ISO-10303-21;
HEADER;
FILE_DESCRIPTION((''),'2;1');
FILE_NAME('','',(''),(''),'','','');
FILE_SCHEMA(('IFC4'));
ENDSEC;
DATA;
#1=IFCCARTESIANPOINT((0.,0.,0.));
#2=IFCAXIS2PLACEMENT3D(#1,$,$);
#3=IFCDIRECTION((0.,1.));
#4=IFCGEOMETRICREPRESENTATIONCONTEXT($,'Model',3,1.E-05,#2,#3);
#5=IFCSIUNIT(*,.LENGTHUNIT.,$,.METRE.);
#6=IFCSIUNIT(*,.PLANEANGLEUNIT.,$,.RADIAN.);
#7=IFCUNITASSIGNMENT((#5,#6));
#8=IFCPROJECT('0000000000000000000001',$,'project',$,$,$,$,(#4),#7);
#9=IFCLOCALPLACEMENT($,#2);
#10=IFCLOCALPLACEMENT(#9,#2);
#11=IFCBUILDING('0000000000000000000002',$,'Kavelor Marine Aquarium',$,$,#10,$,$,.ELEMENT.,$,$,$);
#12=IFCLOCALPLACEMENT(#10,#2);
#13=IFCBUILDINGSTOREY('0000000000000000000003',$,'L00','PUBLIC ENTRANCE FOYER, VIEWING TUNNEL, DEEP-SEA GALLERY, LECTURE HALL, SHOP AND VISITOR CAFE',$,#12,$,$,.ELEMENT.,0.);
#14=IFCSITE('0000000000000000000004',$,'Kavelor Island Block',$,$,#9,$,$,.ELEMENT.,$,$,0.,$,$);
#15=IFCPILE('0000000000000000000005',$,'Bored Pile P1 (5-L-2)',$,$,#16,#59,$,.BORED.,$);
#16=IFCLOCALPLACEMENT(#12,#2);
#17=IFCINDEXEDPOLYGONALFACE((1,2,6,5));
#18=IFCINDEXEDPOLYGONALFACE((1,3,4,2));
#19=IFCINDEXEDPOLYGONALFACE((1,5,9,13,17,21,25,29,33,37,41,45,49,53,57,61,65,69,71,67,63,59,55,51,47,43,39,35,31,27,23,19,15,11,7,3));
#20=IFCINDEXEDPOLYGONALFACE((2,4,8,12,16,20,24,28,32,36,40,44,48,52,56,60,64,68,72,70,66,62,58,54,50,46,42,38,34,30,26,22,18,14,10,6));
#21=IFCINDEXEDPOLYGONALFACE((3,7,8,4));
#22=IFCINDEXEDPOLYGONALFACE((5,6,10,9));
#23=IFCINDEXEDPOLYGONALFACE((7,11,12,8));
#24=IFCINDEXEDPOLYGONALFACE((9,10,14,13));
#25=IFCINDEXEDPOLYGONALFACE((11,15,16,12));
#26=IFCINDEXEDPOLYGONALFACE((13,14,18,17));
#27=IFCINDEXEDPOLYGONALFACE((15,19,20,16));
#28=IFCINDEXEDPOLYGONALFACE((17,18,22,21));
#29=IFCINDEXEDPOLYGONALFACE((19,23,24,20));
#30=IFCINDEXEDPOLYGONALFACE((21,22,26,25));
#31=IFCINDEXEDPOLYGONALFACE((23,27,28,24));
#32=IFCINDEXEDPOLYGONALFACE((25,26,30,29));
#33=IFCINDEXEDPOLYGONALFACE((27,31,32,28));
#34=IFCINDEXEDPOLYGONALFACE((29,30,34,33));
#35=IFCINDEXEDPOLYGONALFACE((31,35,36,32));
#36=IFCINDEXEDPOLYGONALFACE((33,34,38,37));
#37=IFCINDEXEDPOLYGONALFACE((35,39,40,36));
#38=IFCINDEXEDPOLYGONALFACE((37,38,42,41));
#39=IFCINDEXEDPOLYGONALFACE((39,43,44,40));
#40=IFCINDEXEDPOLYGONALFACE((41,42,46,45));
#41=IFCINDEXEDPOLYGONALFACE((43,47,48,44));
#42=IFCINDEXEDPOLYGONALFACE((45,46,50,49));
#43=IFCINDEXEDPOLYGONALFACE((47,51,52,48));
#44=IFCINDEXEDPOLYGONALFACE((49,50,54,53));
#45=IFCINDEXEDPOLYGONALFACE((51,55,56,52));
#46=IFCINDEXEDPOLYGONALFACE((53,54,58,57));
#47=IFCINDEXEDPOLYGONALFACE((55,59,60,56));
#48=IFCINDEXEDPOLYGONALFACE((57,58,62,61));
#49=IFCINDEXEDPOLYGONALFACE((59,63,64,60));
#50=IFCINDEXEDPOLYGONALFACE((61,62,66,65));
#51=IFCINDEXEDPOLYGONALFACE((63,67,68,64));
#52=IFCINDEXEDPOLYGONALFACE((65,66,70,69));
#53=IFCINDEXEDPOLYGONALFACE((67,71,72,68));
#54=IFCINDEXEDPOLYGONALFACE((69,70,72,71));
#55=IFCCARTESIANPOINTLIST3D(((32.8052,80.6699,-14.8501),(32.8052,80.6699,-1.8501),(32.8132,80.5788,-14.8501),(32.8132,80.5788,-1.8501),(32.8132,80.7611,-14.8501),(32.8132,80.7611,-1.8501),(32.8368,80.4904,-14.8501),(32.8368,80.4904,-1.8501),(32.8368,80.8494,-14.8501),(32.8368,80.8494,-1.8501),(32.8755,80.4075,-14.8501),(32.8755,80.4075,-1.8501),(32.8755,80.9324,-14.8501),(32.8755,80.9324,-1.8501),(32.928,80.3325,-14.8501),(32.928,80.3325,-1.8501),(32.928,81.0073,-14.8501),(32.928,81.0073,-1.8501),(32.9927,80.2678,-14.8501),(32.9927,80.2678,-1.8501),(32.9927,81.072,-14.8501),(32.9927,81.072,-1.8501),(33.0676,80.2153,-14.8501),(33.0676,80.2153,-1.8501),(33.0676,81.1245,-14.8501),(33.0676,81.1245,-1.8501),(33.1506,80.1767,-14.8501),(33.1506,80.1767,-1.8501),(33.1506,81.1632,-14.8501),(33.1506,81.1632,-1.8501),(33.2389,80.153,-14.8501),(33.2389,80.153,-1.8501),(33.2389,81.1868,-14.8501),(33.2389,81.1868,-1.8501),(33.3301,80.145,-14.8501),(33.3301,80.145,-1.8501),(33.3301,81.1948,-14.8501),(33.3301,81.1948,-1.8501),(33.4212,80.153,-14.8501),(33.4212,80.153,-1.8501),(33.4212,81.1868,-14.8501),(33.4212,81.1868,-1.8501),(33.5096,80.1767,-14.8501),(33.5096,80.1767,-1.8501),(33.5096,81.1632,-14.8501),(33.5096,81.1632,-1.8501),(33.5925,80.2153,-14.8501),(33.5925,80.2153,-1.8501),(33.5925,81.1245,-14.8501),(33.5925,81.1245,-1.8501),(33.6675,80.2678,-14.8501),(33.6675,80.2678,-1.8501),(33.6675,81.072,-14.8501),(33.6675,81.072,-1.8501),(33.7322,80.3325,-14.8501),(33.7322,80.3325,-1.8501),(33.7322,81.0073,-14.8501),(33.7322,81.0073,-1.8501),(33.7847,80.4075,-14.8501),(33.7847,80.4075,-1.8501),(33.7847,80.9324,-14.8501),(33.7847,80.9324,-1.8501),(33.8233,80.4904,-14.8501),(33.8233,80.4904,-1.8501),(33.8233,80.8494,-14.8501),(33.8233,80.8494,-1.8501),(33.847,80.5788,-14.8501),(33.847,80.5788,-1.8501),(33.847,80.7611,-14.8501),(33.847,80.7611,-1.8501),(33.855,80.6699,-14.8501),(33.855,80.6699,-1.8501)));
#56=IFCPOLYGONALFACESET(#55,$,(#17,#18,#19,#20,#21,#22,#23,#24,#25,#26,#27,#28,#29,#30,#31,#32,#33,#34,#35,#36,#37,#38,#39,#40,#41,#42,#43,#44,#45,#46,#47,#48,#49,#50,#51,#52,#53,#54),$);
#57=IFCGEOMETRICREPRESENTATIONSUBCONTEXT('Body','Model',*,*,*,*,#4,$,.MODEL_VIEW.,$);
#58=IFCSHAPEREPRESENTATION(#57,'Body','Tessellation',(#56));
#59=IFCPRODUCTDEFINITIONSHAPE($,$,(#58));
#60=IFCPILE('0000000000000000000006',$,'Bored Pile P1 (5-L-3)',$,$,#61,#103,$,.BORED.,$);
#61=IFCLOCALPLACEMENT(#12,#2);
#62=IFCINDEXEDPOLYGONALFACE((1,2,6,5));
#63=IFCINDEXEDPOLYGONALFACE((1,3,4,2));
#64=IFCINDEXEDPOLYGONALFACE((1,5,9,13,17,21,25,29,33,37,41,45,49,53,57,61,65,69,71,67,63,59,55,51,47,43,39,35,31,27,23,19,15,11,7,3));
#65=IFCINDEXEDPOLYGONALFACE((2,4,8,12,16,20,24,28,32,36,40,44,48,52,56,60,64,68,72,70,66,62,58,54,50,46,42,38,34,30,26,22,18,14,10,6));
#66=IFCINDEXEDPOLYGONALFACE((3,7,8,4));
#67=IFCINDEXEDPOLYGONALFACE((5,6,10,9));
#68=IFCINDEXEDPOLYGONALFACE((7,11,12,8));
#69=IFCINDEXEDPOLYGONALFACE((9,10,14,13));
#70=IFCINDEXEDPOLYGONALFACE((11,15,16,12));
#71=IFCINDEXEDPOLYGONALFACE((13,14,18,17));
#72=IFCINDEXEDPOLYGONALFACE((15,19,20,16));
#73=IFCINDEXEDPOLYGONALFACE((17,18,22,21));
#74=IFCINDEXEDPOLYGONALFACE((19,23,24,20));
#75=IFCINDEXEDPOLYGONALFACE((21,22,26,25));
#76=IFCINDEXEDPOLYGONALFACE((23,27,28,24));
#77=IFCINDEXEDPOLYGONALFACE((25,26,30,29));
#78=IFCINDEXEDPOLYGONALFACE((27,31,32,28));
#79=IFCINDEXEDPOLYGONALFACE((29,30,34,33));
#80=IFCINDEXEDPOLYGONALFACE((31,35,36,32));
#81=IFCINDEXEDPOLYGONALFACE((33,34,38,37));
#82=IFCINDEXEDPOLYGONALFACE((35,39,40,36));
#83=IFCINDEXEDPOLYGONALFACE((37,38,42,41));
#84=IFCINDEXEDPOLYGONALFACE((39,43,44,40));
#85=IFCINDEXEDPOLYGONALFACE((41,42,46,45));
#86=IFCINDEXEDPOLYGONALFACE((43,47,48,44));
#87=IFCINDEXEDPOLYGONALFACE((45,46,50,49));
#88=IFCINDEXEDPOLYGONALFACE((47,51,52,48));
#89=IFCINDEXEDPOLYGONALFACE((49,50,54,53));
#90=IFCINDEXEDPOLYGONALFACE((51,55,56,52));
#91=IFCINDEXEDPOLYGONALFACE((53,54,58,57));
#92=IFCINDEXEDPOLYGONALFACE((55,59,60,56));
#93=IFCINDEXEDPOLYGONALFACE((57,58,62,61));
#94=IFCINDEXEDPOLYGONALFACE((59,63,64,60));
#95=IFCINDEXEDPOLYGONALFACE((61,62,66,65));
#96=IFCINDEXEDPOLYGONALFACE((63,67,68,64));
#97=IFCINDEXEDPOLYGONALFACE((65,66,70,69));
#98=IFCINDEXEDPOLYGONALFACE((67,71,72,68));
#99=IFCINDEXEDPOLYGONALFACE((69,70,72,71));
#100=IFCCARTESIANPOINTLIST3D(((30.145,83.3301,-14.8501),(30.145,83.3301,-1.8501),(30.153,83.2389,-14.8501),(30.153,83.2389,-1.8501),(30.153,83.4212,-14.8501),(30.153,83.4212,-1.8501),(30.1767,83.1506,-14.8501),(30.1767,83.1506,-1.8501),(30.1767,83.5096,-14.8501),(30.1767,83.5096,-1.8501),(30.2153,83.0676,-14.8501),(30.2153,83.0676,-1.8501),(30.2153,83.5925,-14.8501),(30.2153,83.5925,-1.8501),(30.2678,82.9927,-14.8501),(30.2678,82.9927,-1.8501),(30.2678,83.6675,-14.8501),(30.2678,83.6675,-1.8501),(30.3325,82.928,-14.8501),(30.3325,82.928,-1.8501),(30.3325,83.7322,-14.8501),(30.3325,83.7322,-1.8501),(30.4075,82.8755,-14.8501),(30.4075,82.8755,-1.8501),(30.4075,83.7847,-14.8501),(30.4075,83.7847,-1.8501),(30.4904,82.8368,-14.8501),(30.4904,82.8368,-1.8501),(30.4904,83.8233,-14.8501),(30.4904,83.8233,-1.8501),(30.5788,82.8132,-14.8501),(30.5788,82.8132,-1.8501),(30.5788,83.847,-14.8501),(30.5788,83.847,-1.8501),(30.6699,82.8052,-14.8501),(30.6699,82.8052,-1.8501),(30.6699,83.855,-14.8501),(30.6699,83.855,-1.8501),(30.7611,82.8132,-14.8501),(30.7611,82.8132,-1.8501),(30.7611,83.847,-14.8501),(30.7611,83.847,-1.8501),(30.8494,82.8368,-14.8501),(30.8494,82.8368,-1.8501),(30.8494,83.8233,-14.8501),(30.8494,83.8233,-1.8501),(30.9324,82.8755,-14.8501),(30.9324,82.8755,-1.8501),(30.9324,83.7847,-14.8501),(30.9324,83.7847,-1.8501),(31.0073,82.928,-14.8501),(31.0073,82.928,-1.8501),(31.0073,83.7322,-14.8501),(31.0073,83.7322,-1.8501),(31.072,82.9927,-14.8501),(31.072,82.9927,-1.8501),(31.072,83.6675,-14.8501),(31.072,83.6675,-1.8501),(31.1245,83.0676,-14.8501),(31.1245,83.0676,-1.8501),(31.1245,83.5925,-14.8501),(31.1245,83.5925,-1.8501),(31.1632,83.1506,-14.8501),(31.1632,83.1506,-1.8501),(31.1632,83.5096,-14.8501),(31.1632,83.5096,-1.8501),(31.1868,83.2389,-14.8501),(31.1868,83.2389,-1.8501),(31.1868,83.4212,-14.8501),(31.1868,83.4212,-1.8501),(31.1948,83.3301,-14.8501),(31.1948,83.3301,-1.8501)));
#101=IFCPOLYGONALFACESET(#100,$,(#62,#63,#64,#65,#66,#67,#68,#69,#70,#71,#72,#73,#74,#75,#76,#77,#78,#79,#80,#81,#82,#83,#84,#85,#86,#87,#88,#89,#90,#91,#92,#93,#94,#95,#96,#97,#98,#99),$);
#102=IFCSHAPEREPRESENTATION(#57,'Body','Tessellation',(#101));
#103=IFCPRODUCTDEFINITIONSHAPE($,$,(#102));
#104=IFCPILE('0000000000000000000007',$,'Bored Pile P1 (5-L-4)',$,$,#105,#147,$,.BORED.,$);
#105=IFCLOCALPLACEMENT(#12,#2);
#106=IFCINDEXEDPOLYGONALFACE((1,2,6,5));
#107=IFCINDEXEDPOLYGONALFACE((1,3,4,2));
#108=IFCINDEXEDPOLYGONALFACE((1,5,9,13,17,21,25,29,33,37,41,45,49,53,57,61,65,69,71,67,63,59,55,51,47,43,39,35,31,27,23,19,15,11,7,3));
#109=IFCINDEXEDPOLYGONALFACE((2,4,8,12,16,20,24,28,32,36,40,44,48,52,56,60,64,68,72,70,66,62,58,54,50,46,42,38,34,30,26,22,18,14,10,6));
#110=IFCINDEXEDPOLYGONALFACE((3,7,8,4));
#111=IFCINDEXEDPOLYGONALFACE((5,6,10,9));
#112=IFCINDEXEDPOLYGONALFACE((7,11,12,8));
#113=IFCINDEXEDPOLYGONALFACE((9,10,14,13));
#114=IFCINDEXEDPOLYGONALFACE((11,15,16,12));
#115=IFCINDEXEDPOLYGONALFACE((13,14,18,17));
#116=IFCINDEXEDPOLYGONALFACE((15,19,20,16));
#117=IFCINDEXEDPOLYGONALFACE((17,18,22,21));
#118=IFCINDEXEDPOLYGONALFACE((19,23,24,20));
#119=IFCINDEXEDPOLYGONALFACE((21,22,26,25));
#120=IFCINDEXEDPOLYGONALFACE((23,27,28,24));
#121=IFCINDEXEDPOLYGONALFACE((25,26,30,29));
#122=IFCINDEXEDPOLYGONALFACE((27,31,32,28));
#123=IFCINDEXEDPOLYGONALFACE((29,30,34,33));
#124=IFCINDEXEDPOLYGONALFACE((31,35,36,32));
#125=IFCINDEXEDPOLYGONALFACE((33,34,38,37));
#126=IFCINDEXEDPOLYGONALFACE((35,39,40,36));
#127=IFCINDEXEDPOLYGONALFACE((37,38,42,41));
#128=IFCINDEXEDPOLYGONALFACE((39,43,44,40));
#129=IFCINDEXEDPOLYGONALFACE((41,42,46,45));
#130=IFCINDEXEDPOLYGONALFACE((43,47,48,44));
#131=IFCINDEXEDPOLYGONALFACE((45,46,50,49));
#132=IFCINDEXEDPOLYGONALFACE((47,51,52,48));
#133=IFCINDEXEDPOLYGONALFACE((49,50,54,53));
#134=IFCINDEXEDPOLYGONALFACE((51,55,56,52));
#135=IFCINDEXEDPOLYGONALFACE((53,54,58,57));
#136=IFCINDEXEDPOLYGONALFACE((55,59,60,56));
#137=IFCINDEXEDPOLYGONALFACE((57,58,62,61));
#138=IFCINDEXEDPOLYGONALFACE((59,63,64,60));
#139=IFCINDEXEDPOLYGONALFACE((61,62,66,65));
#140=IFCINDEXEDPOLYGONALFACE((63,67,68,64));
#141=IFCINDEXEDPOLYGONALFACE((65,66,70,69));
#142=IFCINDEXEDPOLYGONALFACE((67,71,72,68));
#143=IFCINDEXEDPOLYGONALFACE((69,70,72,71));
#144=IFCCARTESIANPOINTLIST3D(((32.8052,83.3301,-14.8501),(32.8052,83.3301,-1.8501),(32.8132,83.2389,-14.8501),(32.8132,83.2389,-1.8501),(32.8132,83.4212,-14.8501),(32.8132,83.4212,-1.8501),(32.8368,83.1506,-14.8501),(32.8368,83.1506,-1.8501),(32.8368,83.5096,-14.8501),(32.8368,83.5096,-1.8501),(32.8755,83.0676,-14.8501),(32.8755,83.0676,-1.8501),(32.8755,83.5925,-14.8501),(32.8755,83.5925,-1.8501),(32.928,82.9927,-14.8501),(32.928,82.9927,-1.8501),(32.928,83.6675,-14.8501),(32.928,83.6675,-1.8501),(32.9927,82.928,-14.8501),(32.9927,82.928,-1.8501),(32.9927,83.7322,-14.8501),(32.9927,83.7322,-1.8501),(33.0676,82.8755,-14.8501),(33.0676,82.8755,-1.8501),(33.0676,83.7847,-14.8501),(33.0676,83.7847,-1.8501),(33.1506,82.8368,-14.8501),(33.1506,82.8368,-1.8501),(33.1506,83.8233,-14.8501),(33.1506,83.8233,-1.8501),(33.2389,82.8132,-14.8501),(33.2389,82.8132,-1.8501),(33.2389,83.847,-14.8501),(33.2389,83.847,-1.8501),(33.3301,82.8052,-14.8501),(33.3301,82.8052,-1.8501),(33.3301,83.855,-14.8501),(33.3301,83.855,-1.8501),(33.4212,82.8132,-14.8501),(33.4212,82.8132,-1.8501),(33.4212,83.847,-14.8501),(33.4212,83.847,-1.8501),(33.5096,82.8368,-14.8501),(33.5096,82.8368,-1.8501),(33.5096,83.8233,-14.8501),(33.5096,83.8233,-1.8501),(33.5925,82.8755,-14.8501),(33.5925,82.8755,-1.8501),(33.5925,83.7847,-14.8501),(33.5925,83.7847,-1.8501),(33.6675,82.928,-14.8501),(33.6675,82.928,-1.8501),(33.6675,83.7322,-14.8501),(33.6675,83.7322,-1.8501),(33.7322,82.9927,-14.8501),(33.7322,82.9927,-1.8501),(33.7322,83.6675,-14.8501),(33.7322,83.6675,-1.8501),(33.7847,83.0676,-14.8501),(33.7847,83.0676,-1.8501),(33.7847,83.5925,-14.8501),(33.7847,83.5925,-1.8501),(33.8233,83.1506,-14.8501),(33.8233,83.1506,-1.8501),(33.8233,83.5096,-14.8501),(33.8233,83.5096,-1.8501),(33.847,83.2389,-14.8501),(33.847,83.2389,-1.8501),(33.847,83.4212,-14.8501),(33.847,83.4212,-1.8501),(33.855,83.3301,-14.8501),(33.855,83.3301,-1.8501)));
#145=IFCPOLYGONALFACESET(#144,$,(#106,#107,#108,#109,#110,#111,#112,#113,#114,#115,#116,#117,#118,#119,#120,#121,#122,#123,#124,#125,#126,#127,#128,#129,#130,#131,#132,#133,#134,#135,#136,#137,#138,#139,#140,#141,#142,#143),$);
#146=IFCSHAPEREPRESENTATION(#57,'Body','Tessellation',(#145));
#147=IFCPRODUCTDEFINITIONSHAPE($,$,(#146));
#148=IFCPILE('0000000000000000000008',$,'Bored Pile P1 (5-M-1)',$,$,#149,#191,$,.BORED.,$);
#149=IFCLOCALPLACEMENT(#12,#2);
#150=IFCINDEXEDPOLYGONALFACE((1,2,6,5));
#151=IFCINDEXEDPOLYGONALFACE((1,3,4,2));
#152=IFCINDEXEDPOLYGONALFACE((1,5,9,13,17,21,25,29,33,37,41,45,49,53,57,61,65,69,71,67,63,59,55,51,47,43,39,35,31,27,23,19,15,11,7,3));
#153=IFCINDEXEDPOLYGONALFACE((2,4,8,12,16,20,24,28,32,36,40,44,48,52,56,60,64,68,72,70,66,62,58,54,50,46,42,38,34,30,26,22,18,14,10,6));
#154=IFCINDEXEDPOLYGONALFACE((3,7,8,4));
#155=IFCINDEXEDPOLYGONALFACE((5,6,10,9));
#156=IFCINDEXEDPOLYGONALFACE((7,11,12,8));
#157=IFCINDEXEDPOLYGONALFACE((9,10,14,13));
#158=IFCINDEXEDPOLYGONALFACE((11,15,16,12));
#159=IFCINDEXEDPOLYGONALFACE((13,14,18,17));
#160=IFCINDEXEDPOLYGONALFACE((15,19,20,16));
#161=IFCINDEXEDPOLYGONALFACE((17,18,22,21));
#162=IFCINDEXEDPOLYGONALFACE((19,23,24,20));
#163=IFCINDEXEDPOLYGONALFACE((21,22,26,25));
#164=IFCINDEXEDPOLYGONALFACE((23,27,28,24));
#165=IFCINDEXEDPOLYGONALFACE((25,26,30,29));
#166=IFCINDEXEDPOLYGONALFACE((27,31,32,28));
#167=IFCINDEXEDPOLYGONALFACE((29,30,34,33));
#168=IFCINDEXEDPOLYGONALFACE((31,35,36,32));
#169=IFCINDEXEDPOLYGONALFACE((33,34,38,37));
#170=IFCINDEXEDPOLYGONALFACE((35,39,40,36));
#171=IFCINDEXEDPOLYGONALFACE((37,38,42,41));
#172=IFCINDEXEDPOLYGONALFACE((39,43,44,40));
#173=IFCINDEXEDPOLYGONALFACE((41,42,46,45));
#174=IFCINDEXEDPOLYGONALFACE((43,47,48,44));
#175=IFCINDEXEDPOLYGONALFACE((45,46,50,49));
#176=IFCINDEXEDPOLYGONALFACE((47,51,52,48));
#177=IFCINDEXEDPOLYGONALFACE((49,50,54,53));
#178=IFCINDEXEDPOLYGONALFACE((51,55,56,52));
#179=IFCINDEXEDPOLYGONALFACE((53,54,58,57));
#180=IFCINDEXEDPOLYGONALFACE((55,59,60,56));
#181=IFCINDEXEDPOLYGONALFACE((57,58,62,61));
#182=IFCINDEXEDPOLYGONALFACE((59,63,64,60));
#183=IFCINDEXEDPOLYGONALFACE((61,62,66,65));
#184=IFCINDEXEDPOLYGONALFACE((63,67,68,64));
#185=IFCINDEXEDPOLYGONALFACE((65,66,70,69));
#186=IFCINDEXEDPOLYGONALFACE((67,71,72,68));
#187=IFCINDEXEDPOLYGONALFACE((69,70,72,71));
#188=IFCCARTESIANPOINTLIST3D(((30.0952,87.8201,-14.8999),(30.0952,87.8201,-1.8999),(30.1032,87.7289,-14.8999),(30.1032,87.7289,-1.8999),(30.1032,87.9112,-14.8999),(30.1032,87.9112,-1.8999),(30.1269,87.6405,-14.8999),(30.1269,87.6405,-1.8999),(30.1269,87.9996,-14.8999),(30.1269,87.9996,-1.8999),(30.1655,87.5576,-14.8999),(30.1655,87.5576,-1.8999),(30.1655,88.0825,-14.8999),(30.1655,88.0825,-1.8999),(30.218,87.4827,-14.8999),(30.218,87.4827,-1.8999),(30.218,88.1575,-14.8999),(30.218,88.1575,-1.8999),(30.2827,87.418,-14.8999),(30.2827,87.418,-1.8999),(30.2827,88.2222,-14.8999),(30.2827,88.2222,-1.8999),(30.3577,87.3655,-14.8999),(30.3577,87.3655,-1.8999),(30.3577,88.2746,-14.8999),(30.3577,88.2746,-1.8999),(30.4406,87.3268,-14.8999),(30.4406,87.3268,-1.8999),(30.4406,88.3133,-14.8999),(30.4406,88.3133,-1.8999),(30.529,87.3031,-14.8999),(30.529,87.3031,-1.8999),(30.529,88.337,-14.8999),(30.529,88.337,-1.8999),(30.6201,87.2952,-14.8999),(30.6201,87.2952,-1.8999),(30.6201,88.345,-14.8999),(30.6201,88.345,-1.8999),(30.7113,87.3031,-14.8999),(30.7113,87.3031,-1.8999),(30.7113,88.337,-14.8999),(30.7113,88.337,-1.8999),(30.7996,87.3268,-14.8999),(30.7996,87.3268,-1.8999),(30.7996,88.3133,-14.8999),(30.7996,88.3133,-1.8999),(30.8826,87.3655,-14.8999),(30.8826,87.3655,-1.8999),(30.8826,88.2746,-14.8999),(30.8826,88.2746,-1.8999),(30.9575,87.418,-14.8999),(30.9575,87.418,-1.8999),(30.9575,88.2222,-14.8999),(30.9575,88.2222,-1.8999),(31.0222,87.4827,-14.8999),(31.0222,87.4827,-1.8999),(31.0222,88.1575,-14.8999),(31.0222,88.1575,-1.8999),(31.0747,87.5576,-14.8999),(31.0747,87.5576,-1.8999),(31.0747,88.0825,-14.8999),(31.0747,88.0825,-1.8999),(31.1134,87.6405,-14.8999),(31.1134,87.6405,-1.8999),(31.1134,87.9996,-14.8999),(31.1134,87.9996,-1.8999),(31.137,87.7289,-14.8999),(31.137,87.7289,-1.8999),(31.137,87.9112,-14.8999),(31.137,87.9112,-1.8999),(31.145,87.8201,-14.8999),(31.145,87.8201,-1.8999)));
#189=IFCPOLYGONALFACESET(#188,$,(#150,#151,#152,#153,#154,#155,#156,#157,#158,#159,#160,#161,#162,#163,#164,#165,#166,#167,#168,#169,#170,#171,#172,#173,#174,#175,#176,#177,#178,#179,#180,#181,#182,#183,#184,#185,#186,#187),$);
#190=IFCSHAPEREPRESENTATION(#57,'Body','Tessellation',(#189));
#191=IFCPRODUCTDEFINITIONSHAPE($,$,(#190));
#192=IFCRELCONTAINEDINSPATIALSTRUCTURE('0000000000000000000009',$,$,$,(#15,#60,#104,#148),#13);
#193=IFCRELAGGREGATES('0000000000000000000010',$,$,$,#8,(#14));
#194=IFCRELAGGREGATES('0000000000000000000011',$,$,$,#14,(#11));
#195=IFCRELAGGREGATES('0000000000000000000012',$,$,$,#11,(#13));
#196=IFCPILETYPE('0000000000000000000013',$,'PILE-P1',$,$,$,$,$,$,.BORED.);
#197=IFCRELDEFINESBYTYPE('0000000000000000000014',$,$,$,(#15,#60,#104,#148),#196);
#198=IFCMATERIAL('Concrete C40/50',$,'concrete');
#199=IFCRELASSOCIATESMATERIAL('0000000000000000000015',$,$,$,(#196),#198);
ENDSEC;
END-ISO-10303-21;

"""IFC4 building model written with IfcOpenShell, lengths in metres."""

from ifc_helpers import new_model, si_unit, direction, frame, origin, origin_2d, place, context, subcontext, project, spatial, circle, extrude, material, material_profile, profile_set, type_object, element, save


model = new_model("IFC4")

# Units and contexts
model_context = context("Model", 3, precision=1e-05, world=origin(), true_north=direction((0.0, 1.0)))
body_context = subcontext(model_context, "Body", "Model", "MODEL_VIEW")
ifc_project = project(units=[si_unit("LENGTHUNIT", "METRE"), si_unit("PLANEANGLEUNIT", "RADIAN")], contexts=[model_context])

# Site, building, storey
site_placement = place(None, origin())
site = spatial("IfcSite", under=ifc_project, at=site_placement, Name="Kavelor Island Block", CompositionType="ELEMENT", RefElevation=0.0)
building_placement = place(site_placement, origin())
building = spatial("IfcBuilding", under=site, at=building_placement, Name="Kavelor Marine Aquarium", CompositionType="ELEMENT")
storey_placement = place(building_placement, origin())
storey = spatial("IfcBuildingStorey", under=building, at=storey_placement, Name="L00", Description="PUBLIC ENTRANCE FOYER, VIEWING TUNNEL, DEEP-SEA GALLERY, LECTURE HALL, SHOP AND VISITOR CAFE", CompositionType="ELEMENT", Elevation=0.0)

# Piles
ifc_material_1 = material(Name="Concrete C40/50", Category="concrete")
ifc_material_profile_1 = material_profile(ifc_material_1, circle(Radius=0.5249, at=origin_2d()), Name="PILE D1050")
ifc_profile_set_1 = profile_set([ifc_material_profile_1], Name="Concrete C40/50")
pile_type_1 = type_object("IfcPileType", Name="PILE-P1", PredefinedType="BORED", material=ifc_profile_set_1)
for number, where, z_axis, x_axis, name in (
    (1, (33.3301, 80.6699, -1.8501), (0.0, 0.0, -1.0), (1.0, 0.0, 0.0), "Bored Pile P1 (5-L-2)"),
    (2, (30.6699, 83.3301, -1.8501), (0.0, 0.0, -1.0), (1.0, 0.0, 0.0), "Bored Pile P1 (5-L-3)"),
    (3, (33.3301, 83.3301, -1.8501), (0.0, 0.0, -1.0), (1.0, 0.0, 0.0), "Bored Pile P1 (5-L-4)"),
    (4, (30.6201, 87.8201, -1.8999), (0.0, 0.0, -1.0), (1.0, 0.0, 0.0), "Bored Pile P1 (5-M-1)"),
):
    element("IfcPile", number, at=place(storey_placement, frame(where, z_axis=z_axis, x_axis=x_axis)), inside=storey, type_object=pile_type_1, Name=name, PredefinedType="BORED", context=body_context, shape_type="SweptSolid", body=[
        extrude(circle(Radius=0.5249, at=origin_2d()), origin(), (0.0, 0.0, 1.0), 13.0),
    ])

save(model, "model.ifc")
